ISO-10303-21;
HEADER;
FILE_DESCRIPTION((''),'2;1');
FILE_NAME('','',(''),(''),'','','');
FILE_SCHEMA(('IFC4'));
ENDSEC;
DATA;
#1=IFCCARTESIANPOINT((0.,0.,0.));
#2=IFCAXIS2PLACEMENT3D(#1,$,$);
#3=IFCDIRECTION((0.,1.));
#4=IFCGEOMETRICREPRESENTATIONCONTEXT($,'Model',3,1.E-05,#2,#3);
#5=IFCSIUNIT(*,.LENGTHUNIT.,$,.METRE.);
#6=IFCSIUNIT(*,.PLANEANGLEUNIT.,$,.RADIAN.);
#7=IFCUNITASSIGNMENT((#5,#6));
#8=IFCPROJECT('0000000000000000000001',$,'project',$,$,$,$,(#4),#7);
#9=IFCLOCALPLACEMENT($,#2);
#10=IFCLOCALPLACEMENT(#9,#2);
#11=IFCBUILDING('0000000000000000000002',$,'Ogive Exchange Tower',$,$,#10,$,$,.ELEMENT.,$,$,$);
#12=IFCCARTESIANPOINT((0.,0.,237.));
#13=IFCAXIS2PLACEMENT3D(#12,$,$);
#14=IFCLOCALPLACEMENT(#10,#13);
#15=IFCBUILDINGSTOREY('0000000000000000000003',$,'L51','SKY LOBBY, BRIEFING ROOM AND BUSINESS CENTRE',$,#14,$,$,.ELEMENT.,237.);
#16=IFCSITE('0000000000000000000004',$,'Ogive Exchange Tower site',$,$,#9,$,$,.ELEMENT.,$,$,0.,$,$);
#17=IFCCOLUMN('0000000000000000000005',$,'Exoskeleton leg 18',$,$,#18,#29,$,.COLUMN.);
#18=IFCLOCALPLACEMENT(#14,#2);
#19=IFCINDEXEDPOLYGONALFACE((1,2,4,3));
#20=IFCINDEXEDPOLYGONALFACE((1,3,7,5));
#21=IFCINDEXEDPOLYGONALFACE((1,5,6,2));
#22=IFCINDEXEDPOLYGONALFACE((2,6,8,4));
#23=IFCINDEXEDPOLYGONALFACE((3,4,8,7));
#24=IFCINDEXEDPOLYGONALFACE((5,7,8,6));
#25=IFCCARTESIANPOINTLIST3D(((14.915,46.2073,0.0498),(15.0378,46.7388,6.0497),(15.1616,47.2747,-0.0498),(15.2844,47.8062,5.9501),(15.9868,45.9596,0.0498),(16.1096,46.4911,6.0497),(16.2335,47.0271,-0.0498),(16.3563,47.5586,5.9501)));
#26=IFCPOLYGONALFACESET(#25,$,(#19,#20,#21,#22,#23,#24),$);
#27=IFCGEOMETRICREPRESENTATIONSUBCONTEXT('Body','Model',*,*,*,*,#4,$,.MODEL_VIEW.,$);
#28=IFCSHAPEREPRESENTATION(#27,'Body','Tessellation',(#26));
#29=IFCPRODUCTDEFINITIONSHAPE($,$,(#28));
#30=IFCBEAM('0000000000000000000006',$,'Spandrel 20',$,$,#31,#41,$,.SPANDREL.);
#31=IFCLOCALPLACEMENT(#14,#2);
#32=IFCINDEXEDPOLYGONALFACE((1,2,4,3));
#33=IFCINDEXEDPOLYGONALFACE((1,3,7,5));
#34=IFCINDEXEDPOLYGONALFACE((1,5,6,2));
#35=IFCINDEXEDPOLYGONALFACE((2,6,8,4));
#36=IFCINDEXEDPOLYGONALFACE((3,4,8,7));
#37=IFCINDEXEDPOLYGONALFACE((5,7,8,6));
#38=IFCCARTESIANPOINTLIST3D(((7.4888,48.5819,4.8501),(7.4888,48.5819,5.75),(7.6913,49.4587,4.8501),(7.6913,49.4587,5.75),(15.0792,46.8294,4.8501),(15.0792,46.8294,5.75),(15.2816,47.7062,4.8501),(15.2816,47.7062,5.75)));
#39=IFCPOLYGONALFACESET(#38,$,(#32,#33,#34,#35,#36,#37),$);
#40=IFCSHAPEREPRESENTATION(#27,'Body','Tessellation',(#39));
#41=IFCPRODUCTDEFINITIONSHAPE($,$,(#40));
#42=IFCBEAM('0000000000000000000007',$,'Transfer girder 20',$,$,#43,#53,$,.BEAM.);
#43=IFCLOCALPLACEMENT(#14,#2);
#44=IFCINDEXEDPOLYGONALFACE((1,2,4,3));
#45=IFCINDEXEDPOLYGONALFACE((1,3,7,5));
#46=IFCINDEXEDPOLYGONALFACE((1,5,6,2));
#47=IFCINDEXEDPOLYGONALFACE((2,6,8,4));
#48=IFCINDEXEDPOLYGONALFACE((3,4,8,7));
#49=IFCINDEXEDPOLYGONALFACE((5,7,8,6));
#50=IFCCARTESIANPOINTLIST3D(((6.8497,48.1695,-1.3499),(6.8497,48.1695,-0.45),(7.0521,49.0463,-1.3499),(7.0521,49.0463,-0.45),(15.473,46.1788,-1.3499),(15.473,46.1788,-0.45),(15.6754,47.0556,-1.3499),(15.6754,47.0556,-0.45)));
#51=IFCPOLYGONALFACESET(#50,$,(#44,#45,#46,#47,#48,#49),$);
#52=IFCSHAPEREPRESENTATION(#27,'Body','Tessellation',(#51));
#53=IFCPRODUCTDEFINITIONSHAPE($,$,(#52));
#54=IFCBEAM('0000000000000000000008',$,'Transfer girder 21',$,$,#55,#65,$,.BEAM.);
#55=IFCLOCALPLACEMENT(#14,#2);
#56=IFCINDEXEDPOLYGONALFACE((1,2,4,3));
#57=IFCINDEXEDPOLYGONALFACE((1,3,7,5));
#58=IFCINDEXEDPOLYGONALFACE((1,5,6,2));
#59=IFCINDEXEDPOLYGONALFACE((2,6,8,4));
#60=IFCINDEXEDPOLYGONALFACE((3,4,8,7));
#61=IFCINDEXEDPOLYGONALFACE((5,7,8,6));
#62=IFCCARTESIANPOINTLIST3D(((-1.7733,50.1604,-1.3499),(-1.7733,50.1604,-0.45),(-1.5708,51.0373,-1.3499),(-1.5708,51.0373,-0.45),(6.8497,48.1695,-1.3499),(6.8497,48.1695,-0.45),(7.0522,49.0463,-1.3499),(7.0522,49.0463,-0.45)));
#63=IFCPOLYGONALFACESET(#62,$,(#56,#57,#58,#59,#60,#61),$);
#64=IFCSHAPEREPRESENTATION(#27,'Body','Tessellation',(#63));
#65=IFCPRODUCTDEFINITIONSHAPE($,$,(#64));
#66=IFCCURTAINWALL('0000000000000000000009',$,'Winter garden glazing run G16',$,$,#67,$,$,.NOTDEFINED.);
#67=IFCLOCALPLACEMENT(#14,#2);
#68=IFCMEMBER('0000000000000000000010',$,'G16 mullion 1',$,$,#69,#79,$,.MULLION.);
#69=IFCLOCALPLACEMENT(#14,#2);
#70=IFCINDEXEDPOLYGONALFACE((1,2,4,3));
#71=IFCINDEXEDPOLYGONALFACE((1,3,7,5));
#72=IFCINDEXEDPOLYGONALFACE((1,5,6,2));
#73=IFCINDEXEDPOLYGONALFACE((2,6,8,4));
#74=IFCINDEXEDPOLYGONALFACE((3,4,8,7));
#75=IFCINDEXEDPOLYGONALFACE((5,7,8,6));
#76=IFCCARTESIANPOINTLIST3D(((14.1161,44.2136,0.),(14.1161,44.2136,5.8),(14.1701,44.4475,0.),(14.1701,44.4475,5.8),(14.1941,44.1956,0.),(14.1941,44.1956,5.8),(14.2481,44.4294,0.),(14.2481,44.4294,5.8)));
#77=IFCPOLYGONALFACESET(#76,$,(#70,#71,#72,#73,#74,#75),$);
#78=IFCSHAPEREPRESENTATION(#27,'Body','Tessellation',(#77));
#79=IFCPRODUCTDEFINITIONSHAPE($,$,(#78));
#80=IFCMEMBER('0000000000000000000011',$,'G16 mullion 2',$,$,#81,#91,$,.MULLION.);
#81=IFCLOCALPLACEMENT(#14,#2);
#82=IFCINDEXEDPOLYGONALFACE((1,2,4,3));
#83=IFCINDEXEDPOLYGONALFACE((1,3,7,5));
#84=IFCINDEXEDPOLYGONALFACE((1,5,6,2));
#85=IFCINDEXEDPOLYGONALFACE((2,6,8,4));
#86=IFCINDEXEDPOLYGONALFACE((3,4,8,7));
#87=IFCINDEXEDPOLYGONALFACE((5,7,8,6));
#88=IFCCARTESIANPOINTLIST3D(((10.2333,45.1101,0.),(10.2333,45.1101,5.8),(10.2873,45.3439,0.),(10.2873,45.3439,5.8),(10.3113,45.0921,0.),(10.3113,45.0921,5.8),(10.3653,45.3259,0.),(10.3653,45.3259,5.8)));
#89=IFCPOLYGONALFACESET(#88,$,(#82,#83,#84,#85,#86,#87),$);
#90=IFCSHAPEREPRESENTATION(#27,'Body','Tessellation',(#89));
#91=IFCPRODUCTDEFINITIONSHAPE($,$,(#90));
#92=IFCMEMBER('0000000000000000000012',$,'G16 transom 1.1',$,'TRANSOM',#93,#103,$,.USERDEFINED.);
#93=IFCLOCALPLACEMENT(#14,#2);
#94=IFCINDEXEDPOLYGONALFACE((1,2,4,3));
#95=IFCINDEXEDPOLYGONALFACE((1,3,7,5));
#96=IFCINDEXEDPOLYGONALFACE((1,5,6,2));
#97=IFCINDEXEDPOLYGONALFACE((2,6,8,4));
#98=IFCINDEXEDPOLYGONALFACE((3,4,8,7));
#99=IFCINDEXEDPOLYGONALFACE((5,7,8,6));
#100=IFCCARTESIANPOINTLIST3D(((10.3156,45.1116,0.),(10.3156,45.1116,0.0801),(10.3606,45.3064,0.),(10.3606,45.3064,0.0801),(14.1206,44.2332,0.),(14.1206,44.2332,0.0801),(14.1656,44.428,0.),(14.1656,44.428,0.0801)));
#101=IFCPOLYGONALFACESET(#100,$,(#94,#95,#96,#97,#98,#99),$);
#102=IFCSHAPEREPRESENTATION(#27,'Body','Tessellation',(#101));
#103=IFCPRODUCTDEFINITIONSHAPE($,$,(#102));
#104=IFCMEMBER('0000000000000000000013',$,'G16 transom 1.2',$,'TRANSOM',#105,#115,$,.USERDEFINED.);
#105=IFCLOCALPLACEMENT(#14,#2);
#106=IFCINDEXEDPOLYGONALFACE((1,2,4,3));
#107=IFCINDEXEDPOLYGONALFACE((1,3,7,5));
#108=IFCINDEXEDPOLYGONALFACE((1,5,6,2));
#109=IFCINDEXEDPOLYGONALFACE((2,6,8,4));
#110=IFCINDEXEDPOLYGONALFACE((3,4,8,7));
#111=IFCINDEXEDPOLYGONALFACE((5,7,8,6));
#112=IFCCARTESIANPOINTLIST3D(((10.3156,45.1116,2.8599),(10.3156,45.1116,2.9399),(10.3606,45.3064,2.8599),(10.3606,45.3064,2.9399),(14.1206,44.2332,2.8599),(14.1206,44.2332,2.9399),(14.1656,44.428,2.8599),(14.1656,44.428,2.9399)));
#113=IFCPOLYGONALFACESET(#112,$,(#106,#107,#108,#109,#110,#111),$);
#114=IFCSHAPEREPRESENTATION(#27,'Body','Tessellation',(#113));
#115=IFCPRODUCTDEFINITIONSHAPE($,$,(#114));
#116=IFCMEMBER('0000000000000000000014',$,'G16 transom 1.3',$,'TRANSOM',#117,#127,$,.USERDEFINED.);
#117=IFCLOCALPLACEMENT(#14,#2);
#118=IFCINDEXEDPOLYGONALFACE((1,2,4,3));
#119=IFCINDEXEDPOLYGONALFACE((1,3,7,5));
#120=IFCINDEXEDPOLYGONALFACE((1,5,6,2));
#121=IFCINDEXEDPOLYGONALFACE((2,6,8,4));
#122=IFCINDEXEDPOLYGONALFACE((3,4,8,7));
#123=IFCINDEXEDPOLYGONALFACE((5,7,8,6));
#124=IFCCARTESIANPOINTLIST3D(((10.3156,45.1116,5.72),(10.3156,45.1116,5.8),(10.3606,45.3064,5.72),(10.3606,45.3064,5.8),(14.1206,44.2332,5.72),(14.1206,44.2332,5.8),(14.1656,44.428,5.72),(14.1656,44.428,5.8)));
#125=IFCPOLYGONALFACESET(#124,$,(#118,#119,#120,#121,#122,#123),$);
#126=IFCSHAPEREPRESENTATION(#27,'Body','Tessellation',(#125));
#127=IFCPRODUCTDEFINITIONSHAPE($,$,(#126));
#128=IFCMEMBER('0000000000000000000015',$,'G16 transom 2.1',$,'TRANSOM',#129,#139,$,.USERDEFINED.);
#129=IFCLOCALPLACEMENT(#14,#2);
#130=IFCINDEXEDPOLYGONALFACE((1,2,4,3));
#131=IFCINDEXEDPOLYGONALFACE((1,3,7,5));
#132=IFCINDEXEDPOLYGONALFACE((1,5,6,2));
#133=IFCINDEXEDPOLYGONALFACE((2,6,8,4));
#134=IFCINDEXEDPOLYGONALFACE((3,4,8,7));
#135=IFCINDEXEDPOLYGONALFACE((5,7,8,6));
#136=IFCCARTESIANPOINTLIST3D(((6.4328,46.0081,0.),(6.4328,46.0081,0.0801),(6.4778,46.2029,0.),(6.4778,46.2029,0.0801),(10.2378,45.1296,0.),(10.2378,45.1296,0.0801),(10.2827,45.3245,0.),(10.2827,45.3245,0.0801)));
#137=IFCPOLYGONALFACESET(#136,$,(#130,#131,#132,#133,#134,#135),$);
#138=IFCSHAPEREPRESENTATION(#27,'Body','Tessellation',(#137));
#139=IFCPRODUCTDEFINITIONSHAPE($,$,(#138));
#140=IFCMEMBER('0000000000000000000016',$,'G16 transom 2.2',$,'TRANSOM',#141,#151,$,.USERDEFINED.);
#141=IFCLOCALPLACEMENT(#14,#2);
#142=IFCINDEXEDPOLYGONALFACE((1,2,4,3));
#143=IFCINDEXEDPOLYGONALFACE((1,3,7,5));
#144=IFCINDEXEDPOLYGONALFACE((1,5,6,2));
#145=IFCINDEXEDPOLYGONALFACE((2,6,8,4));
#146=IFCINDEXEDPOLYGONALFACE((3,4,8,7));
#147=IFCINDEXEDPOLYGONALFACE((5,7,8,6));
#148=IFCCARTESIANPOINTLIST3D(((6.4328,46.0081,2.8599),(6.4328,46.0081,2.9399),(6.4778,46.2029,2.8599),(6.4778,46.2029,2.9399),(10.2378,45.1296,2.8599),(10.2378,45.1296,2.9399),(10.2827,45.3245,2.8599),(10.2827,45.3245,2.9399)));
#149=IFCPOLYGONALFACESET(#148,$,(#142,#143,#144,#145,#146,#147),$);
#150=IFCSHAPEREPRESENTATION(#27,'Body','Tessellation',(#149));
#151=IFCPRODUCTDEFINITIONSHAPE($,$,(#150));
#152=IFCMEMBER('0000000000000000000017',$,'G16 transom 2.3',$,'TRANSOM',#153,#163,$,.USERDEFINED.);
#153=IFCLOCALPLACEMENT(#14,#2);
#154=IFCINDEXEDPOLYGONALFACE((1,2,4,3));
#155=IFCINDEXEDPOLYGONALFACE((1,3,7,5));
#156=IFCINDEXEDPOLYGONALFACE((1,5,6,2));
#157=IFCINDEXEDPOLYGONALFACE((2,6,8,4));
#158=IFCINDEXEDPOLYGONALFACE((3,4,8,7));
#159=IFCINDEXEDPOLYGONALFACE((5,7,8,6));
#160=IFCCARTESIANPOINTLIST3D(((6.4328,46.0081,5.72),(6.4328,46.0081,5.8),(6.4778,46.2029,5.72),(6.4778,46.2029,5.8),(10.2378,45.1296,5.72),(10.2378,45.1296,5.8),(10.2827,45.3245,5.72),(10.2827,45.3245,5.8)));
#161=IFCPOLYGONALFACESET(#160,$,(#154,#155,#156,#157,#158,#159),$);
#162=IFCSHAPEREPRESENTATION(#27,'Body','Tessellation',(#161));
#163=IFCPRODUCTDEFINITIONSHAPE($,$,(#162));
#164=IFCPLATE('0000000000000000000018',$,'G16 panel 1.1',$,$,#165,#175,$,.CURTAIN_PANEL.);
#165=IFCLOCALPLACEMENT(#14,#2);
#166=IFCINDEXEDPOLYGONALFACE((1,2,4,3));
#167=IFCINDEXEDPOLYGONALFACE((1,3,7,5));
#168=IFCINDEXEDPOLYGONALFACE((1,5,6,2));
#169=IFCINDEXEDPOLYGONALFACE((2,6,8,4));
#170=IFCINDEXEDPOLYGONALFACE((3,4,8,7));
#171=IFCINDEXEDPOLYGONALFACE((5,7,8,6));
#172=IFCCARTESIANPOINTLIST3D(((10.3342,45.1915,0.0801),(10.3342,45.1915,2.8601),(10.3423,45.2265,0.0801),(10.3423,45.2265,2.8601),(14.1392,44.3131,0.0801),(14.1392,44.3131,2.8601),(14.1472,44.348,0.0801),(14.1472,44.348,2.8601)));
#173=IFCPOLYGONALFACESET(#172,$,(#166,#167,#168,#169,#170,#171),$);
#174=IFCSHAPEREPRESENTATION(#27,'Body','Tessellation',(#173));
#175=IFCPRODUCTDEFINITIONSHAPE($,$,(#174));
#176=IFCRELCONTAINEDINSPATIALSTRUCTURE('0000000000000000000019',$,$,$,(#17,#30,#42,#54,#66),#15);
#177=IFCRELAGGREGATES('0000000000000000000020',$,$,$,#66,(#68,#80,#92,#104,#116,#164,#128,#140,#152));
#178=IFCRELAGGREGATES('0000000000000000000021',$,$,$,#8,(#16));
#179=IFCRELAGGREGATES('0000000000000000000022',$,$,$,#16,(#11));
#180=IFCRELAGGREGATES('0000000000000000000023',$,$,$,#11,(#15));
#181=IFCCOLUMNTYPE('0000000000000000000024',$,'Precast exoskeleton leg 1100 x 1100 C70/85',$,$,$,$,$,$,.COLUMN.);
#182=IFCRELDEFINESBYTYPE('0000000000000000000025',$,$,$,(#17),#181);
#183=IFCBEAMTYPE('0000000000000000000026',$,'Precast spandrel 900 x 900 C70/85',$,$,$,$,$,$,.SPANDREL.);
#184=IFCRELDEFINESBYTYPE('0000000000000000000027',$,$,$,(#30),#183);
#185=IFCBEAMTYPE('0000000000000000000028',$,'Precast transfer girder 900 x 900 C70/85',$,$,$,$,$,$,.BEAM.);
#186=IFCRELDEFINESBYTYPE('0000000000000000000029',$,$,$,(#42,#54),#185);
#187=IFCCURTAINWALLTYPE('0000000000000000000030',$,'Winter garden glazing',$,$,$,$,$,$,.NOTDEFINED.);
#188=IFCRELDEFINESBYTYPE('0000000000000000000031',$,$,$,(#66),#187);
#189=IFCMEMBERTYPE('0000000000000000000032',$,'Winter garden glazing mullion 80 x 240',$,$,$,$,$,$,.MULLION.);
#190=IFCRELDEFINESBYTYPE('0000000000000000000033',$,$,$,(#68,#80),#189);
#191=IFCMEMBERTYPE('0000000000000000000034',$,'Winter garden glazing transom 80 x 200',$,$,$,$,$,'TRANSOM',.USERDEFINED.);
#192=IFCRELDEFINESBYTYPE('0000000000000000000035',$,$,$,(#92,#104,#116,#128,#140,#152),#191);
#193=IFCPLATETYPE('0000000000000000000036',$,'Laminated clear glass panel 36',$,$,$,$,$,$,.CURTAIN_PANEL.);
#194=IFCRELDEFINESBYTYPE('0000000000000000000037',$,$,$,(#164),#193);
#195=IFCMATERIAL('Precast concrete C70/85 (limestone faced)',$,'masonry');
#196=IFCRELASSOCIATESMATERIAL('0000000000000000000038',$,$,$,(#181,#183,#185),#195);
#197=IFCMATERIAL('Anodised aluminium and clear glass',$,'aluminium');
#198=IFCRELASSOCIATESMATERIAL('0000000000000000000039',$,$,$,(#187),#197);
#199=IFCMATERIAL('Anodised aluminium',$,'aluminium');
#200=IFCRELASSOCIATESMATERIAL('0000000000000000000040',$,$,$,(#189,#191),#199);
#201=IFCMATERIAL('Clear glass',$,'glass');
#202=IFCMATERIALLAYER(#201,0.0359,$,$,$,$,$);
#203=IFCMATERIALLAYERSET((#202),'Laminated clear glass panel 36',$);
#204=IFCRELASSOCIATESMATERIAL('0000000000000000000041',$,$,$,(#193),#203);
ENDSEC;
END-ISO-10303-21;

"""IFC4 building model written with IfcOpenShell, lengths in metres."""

from ifc_helpers import new_model, si_unit, direction, frame, origin, origin_2d, place, context, subcontext, project, spatial, rectangle, extrude, material, layer, layer_set, material_profile, profile_set, type_object, element, aggregate, save


model = new_model("IFC4")

# Units and contexts
model_context = context("Model", 3, precision=1e-05, world=origin(), true_north=direction((0.0, 1.0)))
body_context = subcontext(model_context, "Body", "Model", "MODEL_VIEW")
ifc_project = project(units=[si_unit("LENGTHUNIT", "METRE"), si_unit("PLANEANGLEUNIT", "RADIAN")], contexts=[model_context])

# Site, building, storey
site_placement = place(None, origin())
site = spatial("IfcSite", under=ifc_project, at=site_placement, Name="Ogive Exchange Tower site", CompositionType="ELEMENT", RefElevation=0.0)
building_placement = place(site_placement, origin())
building = spatial("IfcBuilding", under=site, at=building_placement, Name="Ogive Exchange Tower", CompositionType="ELEMENT")
storey_placement = place(building_placement, frame((0.0, 0.0, 237.0)))
storey = spatial("IfcBuildingStorey", under=building, at=storey_placement, Name="L51", Description="SKY LOBBY, BRIEFING ROOM AND BUSINESS CENTRE", CompositionType="ELEMENT", Elevation=237.0)

# Column
ifc_material_1 = material(Name="Precast concrete C70/85 (limestone faced)", Category="masonry")
ifc_material_profile_1 = material_profile(ifc_material_1, rectangle(XDim=1.1001, YDim=1.1001, at=origin_2d()), Name="1100 x 1100")
ifc_profile_set_1 = profile_set([ifc_material_profile_1], Name="Precast concrete C70/85 (limestone faced)")
column_type = type_object("IfcColumnType", Name="Precast exoskeleton leg 1100 x 1100 C70/85", PredefinedType="COLUMN", material=ifc_profile_set_1)
column_placement = place(storey_placement, frame((15.5742, 46.6172, 0.0), z_axis=(0.020383, 0.088219, 0.995893), x_axis=(-0.974331, 0.225121, 0.0)))
element("IfcColumn", 1, at=column_placement, inside=storey, type_object=column_type, Name="Exoskeleton leg 18", PredefinedType="COLUMN", context=body_context, shape_type="SweptSolid", body=[
    extrude(rectangle(XDim=1.1001, YDim=1.1001, at=origin_2d()), origin(), (0.0, 0.0, 1.0), 6.0247),
])

# Beams
ifc_material_profile_2 = material_profile(ifc_material_1, rectangle(XDim=0.8999, YDim=0.8999, at=origin_2d()), Name="900 x 900")
ifc_profile_set_2 = profile_set([ifc_material_profile_2], Name="Precast concrete C70/85 (limestone faced)")
beam_type_1 = type_object("IfcBeamType", Name="Precast spandrel 900 x 900 C70/85", PredefinedType="SPANDREL", material=ifc_profile_set_2)
beam_1_placement = place(storey_placement, frame((15.1804, 47.2678, 5.3), z_axis=(-0.974368, 0.22496, 0.0), x_axis=(-0.22496, -0.974368, 0.0)))
element("IfcBeam", 2, at=beam_1_placement, inside=storey, type_object=beam_type_1, Name="Spandrel 20", PredefinedType="SPANDREL", context=body_context, shape_type="SweptSolid", body=[
    extrude(rectangle(XDim=0.8999, YDim=0.8999, at=origin_2d()), origin(), (0.0, 0.0, 1.0), 7.79),
])
ifc_material_profile_3 = material_profile(ifc_material_1, rectangle(XDim=0.8999, YDim=0.8999, at=origin_2d()), Name="900 x 900")
ifc_profile_set_3 = profile_set([ifc_material_profile_3], Name="Precast concrete C70/85 (limestone faced)")
beam_type_2 = type_object("IfcBeamType", Name="Precast transfer girder 900 x 900 C70/85", PredefinedType="BEAM", material=ifc_profile_set_3)
beam_2_placement = place(storey_placement, frame((15.5742, 46.6172, -0.8999), z_axis=(-0.974373, 0.224938, 0.0), x_axis=(-0.224938, -0.974373, 0.0)))
element("IfcBeam", 3, at=beam_2_placement, inside=storey, type_object=beam_type_2, Name="Transfer girder 20", PredefinedType="BEAM", context=body_context, shape_type="SweptSolid", body=[
    extrude(rectangle(XDim=0.8999, YDim=0.8999, at=origin_2d()), origin(), (0.0, 0.0, 1.0), 8.8501),
])
beam_3_placement = place(storey_placement, frame((6.9509, 48.6079, -0.8999), z_axis=(-0.974366, 0.22497, 0.0), x_axis=(-0.22497, -0.974366, 0.0)))
element("IfcBeam", 4, at=beam_3_placement, inside=storey, type_object=beam_type_2, Name="Transfer girder 21", PredefinedType="BEAM", context=body_context, shape_type="SweptSolid", body=[
    extrude(rectangle(XDim=0.8999, YDim=0.8999, at=origin_2d()), origin(), (0.0, 0.0, 1.0), 8.8499),
])

# Curtain wall, members, plate
ifc_material_2 = material(Name="Anodised aluminium and clear glass", Category="aluminium")
curtain_wall_type = type_object("IfcCurtainWallType", Name="Winter garden glazing", PredefinedType="NOTDEFINED", material=ifc_material_2)
curtain_wall_placement = place(storey_placement, origin())
curtain_wall = element("IfcCurtainWall", 5, at=curtain_wall_placement, inside=storey, type_object=curtain_wall_type, Name="Winter garden glazing run G16", PredefinedType="NOTDEFINED")
ifc_material_3 = material(Name="Anodised aluminium", Category="aluminium")
ifc_material_profile_4 = material_profile(ifc_material_3, rectangle(XDim=0.24, YDim=0.0801, at=origin_2d()), Name="AL 80x240")
ifc_profile_set_4 = profile_set([ifc_material_profile_4], Name="Anodised aluminium")
member_type_1 = type_object("IfcMemberType", Name="Winter garden glazing mullion 80 x 240", PredefinedType="MULLION", material=ifc_profile_set_4)
member_1_placement = place(storey_placement, frame((14.1821, 44.3215, 0.0), z_axis=(0.0, 0.0, 1.0), x_axis=(-0.224958, -0.974368, 0.0)))
member_1 = element("IfcMember", 6, at=member_1_placement, type_object=member_type_1, Name="G16 mullion 1", PredefinedType="MULLION", context=body_context, shape_type="SweptSolid", body=[
    extrude(rectangle(XDim=0.24, YDim=0.0801, at=origin_2d()), origin(), (0.0, 0.0, 1.0), 5.8),
])
member_2_placement = place(storey_placement, frame((10.2993, 45.218, 0.0), z_axis=(0.0, 0.0, 1.0), x_axis=(-0.224958, -0.974368, 0.0)))
member_2 = element("IfcMember", 7, at=member_2_placement, type_object=member_type_1, Name="G16 mullion 2", PredefinedType="MULLION", context=body_context, shape_type="SweptSolid", body=[
    extrude(rectangle(XDim=0.24, YDim=0.0801, at=origin_2d()), origin(), (0.0, 0.0, 1.0), 5.8),
])
ifc_material_profile_5 = material_profile(ifc_material_3, rectangle(XDim=0.2, YDim=0.0801, at=origin_2d()), Name="AL 80x200")
ifc_profile_set_5 = profile_set([ifc_material_profile_5], Name="Anodised aluminium")
member_type_2 = type_object("IfcMemberType", Name="Winter garden glazing transom 80 x 200", ElementType="TRANSOM", PredefinedType="USERDEFINED", material=ifc_profile_set_5)
member_3_placement = place(storey_placement, frame((14.1431, 44.3306, 0.04), z_axis=(-0.974371, 0.224946, 0.0), x_axis=(-0.224946, -0.974371, 0.0)))
member_3 = element("IfcMember", 8, at=member_3_placement, type_object=member_type_2, Name="G16 transom 1.1", ObjectType="TRANSOM", PredefinedType="USERDEFINED", context=body_context, shape_type="SweptSolid", body=[
    extrude(rectangle(XDim=0.2, YDim=0.0801, at=origin_2d()), origin(), (0.0, 0.0, 1.0), 3.905),
])
member_4_placement = place(storey_placement, frame((14.1431, 44.3306, 2.8999), z_axis=(-0.974371, 0.224946, 0.0), x_axis=(-0.224946, -0.974371, 0.0)))
member_4 = element("IfcMember", 9, at=member_4_placement, type_object=member_type_2, Name="G16 transom 1.2", ObjectType="TRANSOM", PredefinedType="USERDEFINED", context=body_context, shape_type="SweptSolid", body=[
    extrude(rectangle(XDim=0.2, YDim=0.0801, at=origin_2d()), origin(), (0.0, 0.0, 1.0), 3.905),
])
member_5_placement = place(storey_placement, frame((14.1431, 44.3306, 5.76), z_axis=(-0.974371, 0.224946, 0.0), x_axis=(-0.224946, -0.974371, 0.0)))
member_5 = element("IfcMember", 10, at=member_5_placement, type_object=member_type_2, Name="G16 transom 1.3", ObjectType="TRANSOM", PredefinedType="USERDEFINED", context=body_context, shape_type="SweptSolid", body=[
    extrude(rectangle(XDim=0.2, YDim=0.0801, at=origin_2d()), origin(), (0.0, 0.0, 1.0), 3.905),
])
member_6_placement = place(storey_placement, frame((10.2603, 45.2271, 0.04), z_axis=(-0.974371, 0.224946, 0.0), x_axis=(-0.224946, -0.974371, 0.0)))
member_6 = element("IfcMember", 11, at=member_6_placement, type_object=member_type_2, Name="G16 transom 2.1", ObjectType="TRANSOM", PredefinedType="USERDEFINED", context=body_context, shape_type="SweptSolid", body=[
    extrude(rectangle(XDim=0.2, YDim=0.0801, at=origin_2d()), origin(), (0.0, 0.0, 1.0), 3.905),
])
member_7_placement = place(storey_placement, frame((10.2603, 45.2271, 2.8999), z_axis=(-0.974371, 0.224946, 0.0), x_axis=(-0.224946, -0.974371, 0.0)))
member_7 = element("IfcMember", 12, at=member_7_placement, type_object=member_type_2, Name="G16 transom 2.2", ObjectType="TRANSOM", PredefinedType="USERDEFINED", context=body_context, shape_type="SweptSolid", body=[
    extrude(rectangle(XDim=0.2, YDim=0.0801, at=origin_2d()), origin(), (0.0, 0.0, 1.0), 3.905),
])
member_8_placement = place(storey_placement, frame((10.2603, 45.2271, 5.76), z_axis=(-0.974371, 0.224946, 0.0), x_axis=(-0.224946, -0.974371, 0.0)))
member_8 = element("IfcMember", 13, at=member_8_placement, type_object=member_type_2, Name="G16 transom 2.3", ObjectType="TRANSOM", PredefinedType="USERDEFINED", context=body_context, shape_type="SweptSolid", body=[
    extrude(rectangle(XDim=0.2, YDim=0.0801, at=origin_2d()), origin(), (0.0, 0.0, 1.0), 3.905),
])
ifc_material_4 = material(Name="Clear glass", Category="glass")
ifc_layer_1 = layer(ifc_material_4, 0.0359)
ifc_layer_set_1 = layer_set([ifc_layer_1], Name="Laminated clear glass panel 36")
plate_type = type_object("IfcPlateType", Name="Laminated clear glass panel 36", PredefinedType="CURTAIN_PANEL", material=ifc_layer_set_1)
plate_1_placement = place(storey_placement, frame((12.2407, 44.7698, 0.0801), z_axis=(0.0, 0.0, 1.0), x_axis=(-0.974368, 0.224958, 0.0)))
plate_1 = element("IfcPlate", 14, at=plate_1_placement, type_object=plate_type, Name="G16 panel 1.1", PredefinedType="CURTAIN_PANEL", context=body_context, shape_type="SweptSolid", body=[
    extrude(rectangle(XDim=3.905, YDim=0.0359, at=origin_2d()), origin(), (0.0, 0.0, 1.0), 2.78),
])
aggregate(curtain_wall, [member_1, member_2, member_3, member_4, member_5, plate_1, member_6, member_7, member_8])

save(model, "model.ifc")
